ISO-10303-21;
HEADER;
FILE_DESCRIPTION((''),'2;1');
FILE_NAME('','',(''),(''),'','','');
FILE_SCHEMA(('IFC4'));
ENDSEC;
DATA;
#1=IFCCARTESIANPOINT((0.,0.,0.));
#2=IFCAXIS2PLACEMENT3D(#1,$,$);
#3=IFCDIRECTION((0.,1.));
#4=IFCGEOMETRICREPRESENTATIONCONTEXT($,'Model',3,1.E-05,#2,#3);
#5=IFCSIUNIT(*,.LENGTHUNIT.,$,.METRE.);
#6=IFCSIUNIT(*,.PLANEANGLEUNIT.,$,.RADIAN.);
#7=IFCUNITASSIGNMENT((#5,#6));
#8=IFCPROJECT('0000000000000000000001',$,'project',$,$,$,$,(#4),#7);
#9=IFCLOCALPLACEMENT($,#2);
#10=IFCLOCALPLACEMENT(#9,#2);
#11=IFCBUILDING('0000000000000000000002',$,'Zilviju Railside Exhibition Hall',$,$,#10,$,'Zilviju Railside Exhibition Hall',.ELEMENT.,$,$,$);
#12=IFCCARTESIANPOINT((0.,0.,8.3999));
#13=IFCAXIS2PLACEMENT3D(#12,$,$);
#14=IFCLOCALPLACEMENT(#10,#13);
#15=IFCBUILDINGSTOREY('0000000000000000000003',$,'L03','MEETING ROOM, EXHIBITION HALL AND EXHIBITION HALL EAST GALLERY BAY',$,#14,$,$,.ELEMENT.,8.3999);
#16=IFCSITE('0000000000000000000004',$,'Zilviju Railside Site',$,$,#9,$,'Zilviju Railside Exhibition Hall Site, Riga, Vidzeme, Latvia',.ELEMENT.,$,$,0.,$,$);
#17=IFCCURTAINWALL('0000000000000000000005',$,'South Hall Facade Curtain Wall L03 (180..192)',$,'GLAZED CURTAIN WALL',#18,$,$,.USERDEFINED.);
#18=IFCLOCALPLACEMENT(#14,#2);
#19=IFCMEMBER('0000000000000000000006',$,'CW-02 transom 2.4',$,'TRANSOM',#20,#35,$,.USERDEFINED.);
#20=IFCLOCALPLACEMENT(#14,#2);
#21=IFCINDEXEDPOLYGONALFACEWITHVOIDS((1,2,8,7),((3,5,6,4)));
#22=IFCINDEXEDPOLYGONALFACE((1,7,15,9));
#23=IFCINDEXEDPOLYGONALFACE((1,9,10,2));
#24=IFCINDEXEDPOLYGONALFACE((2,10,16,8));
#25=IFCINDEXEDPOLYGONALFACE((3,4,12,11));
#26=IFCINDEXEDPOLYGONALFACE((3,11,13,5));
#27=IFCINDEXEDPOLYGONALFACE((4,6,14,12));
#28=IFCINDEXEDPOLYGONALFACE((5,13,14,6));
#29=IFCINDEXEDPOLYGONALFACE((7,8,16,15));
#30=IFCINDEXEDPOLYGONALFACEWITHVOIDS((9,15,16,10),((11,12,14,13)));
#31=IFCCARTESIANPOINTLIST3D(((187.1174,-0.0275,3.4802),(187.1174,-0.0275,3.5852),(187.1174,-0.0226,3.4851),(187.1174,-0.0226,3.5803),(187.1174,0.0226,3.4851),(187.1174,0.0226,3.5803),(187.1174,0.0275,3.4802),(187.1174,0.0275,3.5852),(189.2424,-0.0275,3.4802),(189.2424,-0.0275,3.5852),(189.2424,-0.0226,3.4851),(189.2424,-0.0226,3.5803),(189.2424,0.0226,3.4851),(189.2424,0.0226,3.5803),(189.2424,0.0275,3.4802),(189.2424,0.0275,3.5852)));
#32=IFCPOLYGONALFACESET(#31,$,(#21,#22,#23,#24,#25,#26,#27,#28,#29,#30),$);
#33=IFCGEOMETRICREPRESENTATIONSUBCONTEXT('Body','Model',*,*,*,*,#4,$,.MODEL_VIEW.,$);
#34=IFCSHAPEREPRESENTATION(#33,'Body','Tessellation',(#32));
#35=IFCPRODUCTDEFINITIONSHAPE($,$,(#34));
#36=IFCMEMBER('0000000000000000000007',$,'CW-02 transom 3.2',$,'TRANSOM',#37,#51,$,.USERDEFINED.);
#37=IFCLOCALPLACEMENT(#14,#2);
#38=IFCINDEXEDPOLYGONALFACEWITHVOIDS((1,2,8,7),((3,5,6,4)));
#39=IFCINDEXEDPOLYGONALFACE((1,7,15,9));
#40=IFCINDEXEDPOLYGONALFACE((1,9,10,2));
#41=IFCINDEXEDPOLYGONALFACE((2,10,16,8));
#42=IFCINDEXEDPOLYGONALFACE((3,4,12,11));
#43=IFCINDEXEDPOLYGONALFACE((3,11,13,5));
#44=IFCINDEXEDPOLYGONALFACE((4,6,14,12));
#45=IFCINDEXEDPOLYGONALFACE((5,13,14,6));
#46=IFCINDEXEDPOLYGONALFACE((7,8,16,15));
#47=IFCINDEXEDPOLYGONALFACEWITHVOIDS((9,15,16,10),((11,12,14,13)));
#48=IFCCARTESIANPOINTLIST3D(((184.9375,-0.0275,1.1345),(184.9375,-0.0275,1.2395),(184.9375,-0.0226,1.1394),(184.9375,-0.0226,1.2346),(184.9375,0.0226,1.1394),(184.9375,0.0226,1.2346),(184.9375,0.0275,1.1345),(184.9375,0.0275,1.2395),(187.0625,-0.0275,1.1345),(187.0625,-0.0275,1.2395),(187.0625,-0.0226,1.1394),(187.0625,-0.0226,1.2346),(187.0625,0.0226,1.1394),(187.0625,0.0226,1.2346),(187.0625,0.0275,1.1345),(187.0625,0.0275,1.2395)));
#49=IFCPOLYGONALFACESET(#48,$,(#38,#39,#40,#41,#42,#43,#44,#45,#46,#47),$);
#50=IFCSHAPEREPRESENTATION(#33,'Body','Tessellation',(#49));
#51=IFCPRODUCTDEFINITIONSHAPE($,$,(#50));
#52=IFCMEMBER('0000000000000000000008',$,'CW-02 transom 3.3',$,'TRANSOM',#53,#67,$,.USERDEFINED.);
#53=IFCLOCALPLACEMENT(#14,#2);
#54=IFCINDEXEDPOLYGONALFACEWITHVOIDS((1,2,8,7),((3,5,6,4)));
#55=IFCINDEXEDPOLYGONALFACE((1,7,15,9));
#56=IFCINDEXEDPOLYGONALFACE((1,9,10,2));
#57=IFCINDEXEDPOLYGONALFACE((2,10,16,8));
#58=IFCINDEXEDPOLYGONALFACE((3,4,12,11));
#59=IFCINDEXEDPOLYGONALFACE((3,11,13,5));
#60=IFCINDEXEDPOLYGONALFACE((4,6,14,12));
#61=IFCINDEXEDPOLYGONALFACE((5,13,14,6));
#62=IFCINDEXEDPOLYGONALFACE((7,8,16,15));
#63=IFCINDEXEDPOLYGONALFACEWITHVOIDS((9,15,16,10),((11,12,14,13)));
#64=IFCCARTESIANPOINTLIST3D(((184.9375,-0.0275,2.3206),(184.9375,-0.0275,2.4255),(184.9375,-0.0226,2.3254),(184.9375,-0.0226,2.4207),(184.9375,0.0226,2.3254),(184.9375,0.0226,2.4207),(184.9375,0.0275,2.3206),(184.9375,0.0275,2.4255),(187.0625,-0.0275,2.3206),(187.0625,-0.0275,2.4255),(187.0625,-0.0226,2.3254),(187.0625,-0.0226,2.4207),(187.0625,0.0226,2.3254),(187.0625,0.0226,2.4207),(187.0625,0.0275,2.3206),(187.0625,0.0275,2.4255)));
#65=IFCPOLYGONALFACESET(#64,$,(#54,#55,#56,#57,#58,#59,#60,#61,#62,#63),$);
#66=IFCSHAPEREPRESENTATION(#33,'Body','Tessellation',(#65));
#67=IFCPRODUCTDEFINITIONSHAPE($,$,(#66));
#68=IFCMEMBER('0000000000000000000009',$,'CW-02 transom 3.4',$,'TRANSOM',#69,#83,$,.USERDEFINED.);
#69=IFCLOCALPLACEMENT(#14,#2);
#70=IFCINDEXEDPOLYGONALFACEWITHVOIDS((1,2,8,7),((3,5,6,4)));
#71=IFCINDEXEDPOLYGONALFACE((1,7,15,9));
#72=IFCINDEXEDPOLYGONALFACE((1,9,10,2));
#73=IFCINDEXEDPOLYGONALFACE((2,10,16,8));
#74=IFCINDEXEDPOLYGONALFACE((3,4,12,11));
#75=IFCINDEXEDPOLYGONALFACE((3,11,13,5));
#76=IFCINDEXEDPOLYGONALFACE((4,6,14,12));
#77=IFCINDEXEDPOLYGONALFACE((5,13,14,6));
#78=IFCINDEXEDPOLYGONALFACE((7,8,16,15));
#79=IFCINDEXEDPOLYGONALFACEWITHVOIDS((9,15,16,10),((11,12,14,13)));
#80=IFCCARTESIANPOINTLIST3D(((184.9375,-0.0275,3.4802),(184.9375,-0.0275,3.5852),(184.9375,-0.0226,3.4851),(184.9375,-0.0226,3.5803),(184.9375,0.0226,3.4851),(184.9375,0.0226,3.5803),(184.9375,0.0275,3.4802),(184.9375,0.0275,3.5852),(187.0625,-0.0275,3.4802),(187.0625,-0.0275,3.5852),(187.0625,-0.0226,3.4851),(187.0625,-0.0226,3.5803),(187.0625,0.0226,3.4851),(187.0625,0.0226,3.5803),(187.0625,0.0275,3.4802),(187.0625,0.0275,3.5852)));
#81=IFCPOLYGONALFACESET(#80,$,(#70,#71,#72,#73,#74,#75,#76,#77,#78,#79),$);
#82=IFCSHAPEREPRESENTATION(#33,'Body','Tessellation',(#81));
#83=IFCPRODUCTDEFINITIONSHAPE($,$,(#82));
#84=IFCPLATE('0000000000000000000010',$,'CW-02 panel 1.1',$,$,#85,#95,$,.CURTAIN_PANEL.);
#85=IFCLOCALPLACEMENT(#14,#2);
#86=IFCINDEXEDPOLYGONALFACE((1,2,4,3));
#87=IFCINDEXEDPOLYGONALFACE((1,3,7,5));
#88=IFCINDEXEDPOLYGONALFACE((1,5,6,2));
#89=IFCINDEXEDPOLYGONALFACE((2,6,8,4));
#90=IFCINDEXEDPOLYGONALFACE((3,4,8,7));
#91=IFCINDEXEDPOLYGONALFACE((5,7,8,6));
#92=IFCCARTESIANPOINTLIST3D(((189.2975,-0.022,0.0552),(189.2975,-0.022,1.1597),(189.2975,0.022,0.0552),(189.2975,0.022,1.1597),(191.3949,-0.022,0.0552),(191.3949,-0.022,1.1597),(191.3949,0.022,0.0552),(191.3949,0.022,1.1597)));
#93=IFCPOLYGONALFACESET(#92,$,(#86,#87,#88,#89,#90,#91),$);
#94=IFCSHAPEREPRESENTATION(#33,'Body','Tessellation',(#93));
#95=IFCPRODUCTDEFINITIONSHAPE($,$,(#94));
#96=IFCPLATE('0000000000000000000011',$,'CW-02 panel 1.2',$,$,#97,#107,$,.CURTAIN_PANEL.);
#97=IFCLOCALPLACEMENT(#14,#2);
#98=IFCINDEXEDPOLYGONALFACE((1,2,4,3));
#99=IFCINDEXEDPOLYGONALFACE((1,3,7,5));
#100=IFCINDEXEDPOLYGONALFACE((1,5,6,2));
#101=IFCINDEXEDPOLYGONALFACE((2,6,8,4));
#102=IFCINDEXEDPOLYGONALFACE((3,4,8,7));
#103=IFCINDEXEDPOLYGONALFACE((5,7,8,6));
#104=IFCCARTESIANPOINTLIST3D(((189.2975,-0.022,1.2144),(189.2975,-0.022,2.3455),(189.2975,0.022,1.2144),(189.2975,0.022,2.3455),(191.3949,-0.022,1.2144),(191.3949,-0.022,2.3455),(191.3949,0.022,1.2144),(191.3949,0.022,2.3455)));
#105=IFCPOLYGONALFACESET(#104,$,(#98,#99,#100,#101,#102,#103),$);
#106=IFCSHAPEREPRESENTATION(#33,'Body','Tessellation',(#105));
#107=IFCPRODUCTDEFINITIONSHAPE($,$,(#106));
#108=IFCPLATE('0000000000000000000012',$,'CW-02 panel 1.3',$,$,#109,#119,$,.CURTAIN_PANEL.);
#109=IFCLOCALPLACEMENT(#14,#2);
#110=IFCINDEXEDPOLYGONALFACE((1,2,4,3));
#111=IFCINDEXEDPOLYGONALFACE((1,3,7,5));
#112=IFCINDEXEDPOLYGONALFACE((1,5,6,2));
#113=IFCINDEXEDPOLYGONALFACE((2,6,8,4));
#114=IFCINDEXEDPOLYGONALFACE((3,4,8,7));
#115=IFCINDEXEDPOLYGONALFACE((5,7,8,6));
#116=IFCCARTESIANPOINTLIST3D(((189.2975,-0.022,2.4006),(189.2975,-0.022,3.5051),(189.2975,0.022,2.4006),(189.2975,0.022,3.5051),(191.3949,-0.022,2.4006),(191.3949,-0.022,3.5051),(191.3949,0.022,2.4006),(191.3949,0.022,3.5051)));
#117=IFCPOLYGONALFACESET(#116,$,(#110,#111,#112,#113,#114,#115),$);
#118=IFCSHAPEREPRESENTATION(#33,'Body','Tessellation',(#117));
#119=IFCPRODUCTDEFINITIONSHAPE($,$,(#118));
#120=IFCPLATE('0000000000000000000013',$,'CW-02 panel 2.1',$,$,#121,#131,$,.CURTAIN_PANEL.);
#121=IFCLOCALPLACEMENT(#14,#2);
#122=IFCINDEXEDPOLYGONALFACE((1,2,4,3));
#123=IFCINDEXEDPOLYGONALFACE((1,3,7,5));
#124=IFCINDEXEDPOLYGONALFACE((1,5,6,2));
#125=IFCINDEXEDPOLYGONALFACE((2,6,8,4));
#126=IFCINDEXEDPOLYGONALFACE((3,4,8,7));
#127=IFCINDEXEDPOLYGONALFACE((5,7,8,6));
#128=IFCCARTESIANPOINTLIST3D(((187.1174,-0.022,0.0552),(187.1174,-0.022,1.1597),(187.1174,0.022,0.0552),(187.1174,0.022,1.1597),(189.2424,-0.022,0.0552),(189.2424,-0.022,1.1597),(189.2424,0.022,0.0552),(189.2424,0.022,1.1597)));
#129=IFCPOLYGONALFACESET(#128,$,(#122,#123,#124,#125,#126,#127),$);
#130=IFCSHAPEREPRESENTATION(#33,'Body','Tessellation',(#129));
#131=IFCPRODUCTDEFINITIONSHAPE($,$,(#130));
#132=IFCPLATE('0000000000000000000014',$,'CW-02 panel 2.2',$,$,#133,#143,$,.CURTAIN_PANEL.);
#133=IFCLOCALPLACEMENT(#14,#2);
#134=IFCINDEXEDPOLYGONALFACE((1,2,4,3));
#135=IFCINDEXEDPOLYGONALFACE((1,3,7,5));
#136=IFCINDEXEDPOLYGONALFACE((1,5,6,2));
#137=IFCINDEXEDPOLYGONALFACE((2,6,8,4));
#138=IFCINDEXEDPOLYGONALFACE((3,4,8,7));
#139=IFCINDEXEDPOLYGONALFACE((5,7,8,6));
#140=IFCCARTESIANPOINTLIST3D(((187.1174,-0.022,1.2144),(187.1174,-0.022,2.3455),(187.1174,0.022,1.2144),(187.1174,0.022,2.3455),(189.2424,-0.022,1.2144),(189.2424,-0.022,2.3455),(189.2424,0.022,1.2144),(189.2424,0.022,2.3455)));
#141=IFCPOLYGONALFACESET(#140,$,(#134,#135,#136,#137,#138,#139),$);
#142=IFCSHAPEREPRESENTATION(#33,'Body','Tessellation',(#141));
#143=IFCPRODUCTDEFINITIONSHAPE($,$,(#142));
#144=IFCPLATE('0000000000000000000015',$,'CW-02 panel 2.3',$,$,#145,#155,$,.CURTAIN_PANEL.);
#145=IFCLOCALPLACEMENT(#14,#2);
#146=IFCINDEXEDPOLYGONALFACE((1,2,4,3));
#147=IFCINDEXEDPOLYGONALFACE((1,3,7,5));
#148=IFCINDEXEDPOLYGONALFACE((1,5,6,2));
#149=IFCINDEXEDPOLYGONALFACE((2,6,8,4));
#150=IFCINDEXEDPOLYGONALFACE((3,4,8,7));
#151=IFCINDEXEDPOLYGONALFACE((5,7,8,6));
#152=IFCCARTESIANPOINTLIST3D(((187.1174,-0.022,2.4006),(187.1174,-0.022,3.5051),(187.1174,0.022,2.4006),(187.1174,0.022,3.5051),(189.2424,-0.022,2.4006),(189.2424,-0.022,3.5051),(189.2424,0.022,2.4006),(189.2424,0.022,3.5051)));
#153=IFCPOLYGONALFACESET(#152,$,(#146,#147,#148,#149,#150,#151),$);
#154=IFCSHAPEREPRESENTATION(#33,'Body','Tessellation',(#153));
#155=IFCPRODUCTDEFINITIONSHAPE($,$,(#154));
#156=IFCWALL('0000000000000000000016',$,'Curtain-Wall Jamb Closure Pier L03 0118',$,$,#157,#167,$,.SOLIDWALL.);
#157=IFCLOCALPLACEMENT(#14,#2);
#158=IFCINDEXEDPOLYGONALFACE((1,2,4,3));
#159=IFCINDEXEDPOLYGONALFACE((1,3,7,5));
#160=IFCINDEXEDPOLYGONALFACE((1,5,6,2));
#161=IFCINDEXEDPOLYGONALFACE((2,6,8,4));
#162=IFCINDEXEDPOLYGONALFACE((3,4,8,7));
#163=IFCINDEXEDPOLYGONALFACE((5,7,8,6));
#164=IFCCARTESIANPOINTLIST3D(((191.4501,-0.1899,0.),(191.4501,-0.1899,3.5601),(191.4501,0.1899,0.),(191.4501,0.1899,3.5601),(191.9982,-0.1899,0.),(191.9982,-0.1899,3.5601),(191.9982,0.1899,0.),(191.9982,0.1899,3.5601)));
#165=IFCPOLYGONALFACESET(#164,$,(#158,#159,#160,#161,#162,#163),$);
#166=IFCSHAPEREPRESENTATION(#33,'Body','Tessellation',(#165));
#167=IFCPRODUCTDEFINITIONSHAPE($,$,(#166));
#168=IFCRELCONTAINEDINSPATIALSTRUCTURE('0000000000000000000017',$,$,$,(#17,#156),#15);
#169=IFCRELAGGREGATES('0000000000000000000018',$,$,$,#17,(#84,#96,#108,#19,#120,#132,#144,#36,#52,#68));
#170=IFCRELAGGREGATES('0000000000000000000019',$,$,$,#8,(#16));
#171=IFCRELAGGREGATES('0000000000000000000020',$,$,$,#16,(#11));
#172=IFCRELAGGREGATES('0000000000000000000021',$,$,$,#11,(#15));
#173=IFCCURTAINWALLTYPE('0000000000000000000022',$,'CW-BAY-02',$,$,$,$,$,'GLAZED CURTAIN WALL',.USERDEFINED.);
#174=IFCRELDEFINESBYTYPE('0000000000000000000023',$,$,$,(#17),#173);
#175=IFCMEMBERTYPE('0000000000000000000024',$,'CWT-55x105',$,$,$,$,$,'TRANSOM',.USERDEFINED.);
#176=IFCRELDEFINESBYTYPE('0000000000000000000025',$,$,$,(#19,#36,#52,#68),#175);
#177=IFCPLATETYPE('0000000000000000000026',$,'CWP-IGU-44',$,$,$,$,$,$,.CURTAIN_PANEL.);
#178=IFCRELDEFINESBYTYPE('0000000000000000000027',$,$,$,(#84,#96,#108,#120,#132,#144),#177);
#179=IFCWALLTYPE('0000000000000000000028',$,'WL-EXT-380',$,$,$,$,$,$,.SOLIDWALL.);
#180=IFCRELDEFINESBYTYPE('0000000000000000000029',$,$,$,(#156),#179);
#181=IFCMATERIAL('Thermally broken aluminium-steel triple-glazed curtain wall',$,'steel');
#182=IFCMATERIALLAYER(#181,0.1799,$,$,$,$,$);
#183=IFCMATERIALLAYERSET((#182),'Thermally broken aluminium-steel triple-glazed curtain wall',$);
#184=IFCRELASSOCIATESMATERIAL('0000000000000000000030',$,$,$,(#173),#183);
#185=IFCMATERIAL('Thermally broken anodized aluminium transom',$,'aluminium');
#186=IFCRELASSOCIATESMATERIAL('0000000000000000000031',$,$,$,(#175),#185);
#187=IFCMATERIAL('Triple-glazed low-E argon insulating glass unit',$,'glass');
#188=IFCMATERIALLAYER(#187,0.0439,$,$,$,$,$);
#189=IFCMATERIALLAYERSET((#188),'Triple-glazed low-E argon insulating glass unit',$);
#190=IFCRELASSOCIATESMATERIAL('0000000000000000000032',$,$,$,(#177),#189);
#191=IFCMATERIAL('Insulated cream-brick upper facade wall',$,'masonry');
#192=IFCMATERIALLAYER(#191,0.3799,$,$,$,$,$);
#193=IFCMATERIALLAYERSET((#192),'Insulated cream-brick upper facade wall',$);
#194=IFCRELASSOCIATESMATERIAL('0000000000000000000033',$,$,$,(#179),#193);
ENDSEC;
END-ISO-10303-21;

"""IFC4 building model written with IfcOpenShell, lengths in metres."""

from ifc_helpers import new_model, si_unit, direction, frame, frame_2d, origin, origin_2d, place, context, subcontext, project, spatial, rectangle, hollow_rectangle, extrude, material, layer, layer_set, material_profile, profile_set, type_object, element, aggregate, save


model = new_model("IFC4")

# Units and contexts
model_context = context("Model", 3, precision=1e-05, world=origin(), true_north=direction((0.0, 1.0)))
body_context = subcontext(model_context, "Body", "Model", "MODEL_VIEW")
ifc_project = project(units=[si_unit("LENGTHUNIT", "METRE"), si_unit("PLANEANGLEUNIT", "RADIAN")], contexts=[model_context])

# Site, building, storey
site_placement = place(None, origin())
site = spatial("IfcSite", under=ifc_project, at=site_placement, Name="Zilviju Railside Site", LongName="Zilviju Railside Exhibition Hall Site, Riga, Vidzeme, Latvia", CompositionType="ELEMENT", RefElevation=0.0)
building_placement = place(site_placement, origin())
building = spatial("IfcBuilding", under=site, at=building_placement, Name="Zilviju Railside Exhibition Hall", LongName="Zilviju Railside Exhibition Hall", CompositionType="ELEMENT")
storey_placement = place(building_placement, frame((0.0, 0.0, 8.3999)))
storey = spatial("IfcBuildingStorey", under=building, at=storey_placement, Name="L03", Description="MEETING ROOM, EXHIBITION HALL AND EXHIBITION HALL EAST GALLERY BAY", CompositionType="ELEMENT", Elevation=8.3999)

# Curtain wall, members, plates
ifc_material_1 = material(Name="Thermally broken aluminium-steel triple-glazed curtain wall", Category="steel")
ifc_layer_1 = layer(ifc_material_1, 0.1799)
ifc_layer_set_1 = layer_set([ifc_layer_1], Name="Thermally broken aluminium-steel triple-glazed curtain wall")
curtain_wall_type = type_object("IfcCurtainWallType", Name="CW-BAY-02", ElementType="GLAZED CURTAIN WALL", PredefinedType="USERDEFINED", material=ifc_layer_set_1)
curtain_wall_placement = place(storey_placement, origin())
curtain_wall = element("IfcCurtainWall", 1, at=curtain_wall_placement, inside=storey, type_object=curtain_wall_type, Name="South Hall Facade Curtain Wall L03 (180..192)", ObjectType="GLAZED CURTAIN WALL", PredefinedType="USERDEFINED")
ifc_material_2 = material(Name="Thermally broken anodized aluminium transom", Category="aluminium")
ifc_material_profile_1 = material_profile(ifc_material_2, hollow_rectangle(XDim=0.0549, YDim=0.105, WallThickness=0.0049, at=origin_2d()), Name="TRANSOM 105x55x5")
ifc_profile_set_1 = profile_set([ifc_material_profile_1], Name="Thermally broken anodized aluminium transom")
member_type_1 = type_object("IfcMemberType", Name="CWT-55x105", ElementType="TRANSOM", PredefinedType="USERDEFINED", material=ifc_profile_set_1)
member_1_placement = place(storey_placement, frame((189.2424, 0.0, 3.5327), z_axis=(-1.0, 0.0, 0.0), x_axis=(0.0, -1.0, 0.0)))
member_1 = element("IfcMember", 2, at=member_1_placement, type_object=member_type_1, Name="CW-02 transom 2.4", ObjectType="TRANSOM", PredefinedType="USERDEFINED", context=body_context, shape_type="SweptSolid", body=[
    extrude(hollow_rectangle(XDim=0.0549, YDim=0.105, WallThickness=0.0049, at=origin_2d()), origin(), (0.0, 0.0, 1.0), 2.125),
])
member_2_placement = place(storey_placement, frame((187.0625, 0.0, 1.187), z_axis=(-1.0, 0.0, 0.0), x_axis=(0.0, -1.0, 0.0)))
member_2 = element("IfcMember", 3, at=member_2_placement, type_object=member_type_1, Name="CW-02 transom 3.2", ObjectType="TRANSOM", PredefinedType="USERDEFINED", context=body_context, shape_type="SweptSolid", body=[
    extrude(hollow_rectangle(XDim=0.0549, YDim=0.105, WallThickness=0.0049, at=origin_2d()), origin(), (0.0, 0.0, 1.0), 2.125),
])
member_3_placement = place(storey_placement, frame((187.0625, 0.0, 2.373), z_axis=(-1.0, 0.0, 0.0), x_axis=(0.0, -1.0, 0.0)))
member_3 = element("IfcMember", 4, at=member_3_placement, type_object=member_type_1, Name="CW-02 transom 3.3", ObjectType="TRANSOM", PredefinedType="USERDEFINED", context=body_context, shape_type="SweptSolid", body=[
    extrude(hollow_rectangle(XDim=0.0549, YDim=0.105, WallThickness=0.0049, at=origin_2d()), origin(), (0.0, 0.0, 1.0), 2.125),
])
member_4_placement = place(storey_placement, frame((187.0625, 0.0, 3.5327), z_axis=(-1.0, 0.0, 0.0), x_axis=(0.0, -1.0, 0.0)))
member_4 = element("IfcMember", 5, at=member_4_placement, type_object=member_type_1, Name="CW-02 transom 3.4", ObjectType="TRANSOM", PredefinedType="USERDEFINED", context=body_context, shape_type="SweptSolid", body=[
    extrude(hollow_rectangle(XDim=0.0549, YDim=0.105, WallThickness=0.0049, at=origin_2d()), origin(), (0.0, 0.0, 1.0), 2.125),
])
ifc_material_3 = material(Name="Triple-glazed low-E argon insulating glass unit", Category="glass")
ifc_layer_2 = layer(ifc_material_3, 0.0439)
ifc_layer_set_2 = layer_set([ifc_layer_2], Name="Triple-glazed low-E argon insulating glass unit")
plate_type = type_object("IfcPlateType", Name="CWP-IGU-44", PredefinedType="CURTAIN_PANEL", material=ifc_layer_set_2)
plate_1_placement = place(storey_placement, frame((190.3462, 0.0, 0.0552), z_axis=(0.0, 0.0, 1.0), x_axis=(-1.0, 0.0, 0.0)))
plate_1 = element("IfcPlate", 6, at=plate_1_placement, type_object=plate_type, Name="CW-02 panel 1.1", PredefinedType="CURTAIN_PANEL", context=body_context, shape_type="SweptSolid", body=[
    extrude(rectangle(XDim=2.0974, YDim=0.0439, at=origin_2d()), origin(), (0.0, 0.0, 1.0), 1.1045),
])
plate_2_placement = place(storey_placement, frame((190.3462, 0.0, 1.2144), z_axis=(0.0, 0.0, 1.0), x_axis=(-1.0, 0.0, 0.0)))
plate_2 = element("IfcPlate", 7, at=plate_2_placement, type_object=plate_type, Name="CW-02 panel 1.2", PredefinedType="CURTAIN_PANEL", context=body_context, shape_type="SweptSolid", body=[
    extrude(rectangle(XDim=2.0974, YDim=0.0439, at=origin_2d()), origin(), (0.0, 0.0, 1.0), 1.1311),
])
plate_3_placement = place(storey_placement, frame((190.3462, 0.0, 2.4006), z_axis=(0.0, 0.0, 1.0), x_axis=(-1.0, 0.0, 0.0)))
plate_3 = element("IfcPlate", 8, at=plate_3_placement, type_object=plate_type, Name="CW-02 panel 1.3", PredefinedType="CURTAIN_PANEL", context=body_context, shape_type="SweptSolid", body=[
    extrude(rectangle(XDim=2.0974, YDim=0.0439, at=origin_2d()), origin(), (0.0, 0.0, 1.0), 1.1045),
])
plate_4_placement = place(storey_placement, frame((188.1799, 0.0, 0.0552), z_axis=(0.0, 0.0, 1.0), x_axis=(-1.0, 0.0, 0.0)))
plate_4 = element("IfcPlate", 9, at=plate_4_placement, type_object=plate_type, Name="CW-02 panel 2.1", PredefinedType="CURTAIN_PANEL", context=body_context, shape_type="SweptSolid", body=[
    extrude(rectangle(XDim=2.125, YDim=0.0439, at=origin_2d()), origin(), (0.0, 0.0, 1.0), 1.1045),
])
plate_5_placement = place(storey_placement, frame((188.1799, 0.0, 1.2144), z_axis=(0.0, 0.0, 1.0), x_axis=(-1.0, 0.0, 0.0)))
plate_5 = element("IfcPlate", 10, at=plate_5_placement, type_object=plate_type, Name="CW-02 panel 2.2", PredefinedType="CURTAIN_PANEL", context=body_context, shape_type="SweptSolid", body=[
    extrude(rectangle(XDim=2.125, YDim=0.0439, at=origin_2d()), origin(), (0.0, 0.0, 1.0), 1.1311),
])
plate_6_placement = place(storey_placement, frame((188.1799, 0.0, 2.4006), z_axis=(0.0, 0.0, 1.0), x_axis=(-1.0, 0.0, 0.0)))
plate_6 = element("IfcPlate", 11, at=plate_6_placement, type_object=plate_type, Name="CW-02 panel 2.3", PredefinedType="CURTAIN_PANEL", context=body_context, shape_type="SweptSolid", body=[
    extrude(rectangle(XDim=2.125, YDim=0.0439, at=origin_2d()), origin(), (0.0, 0.0, 1.0), 1.1045),
])
aggregate(curtain_wall, [plate_1, plate_2, plate_3, member_1, plate_4, plate_5, plate_6, member_2, member_3, member_4])

# Wall
ifc_material_4 = material(Name="Insulated cream-brick upper facade wall", Category="masonry")
ifc_layer_3 = layer(ifc_material_4, 0.3799)
ifc_layer_set_3 = layer_set([ifc_layer_3], Name="Insulated cream-brick upper facade wall")
wall_type = type_object("IfcWallType", Name="WL-EXT-380", PredefinedType="SOLIDWALL", material=ifc_layer_set_3)
wall_placement = place(storey_placement, frame((191.998, 0.0, 0.0), z_axis=(0.0, 0.0, 1.0), x_axis=(-1.0, 0.0, 0.0)))
element("IfcWall", 12, at=wall_placement, inside=storey, type_object=wall_type, Name="Curtain-Wall Jamb Closure Pier L03 0118", PredefinedType="SOLIDWALL", context=body_context, shape_type="SweptSolid", body=[
    extrude(rectangle(XDim=0.5481, YDim=0.3799, at=frame_2d((0.2739, 0.0))), origin(), (0.0, 0.0, 1.0), 3.5601),
])

save(model, "model.ifc")
